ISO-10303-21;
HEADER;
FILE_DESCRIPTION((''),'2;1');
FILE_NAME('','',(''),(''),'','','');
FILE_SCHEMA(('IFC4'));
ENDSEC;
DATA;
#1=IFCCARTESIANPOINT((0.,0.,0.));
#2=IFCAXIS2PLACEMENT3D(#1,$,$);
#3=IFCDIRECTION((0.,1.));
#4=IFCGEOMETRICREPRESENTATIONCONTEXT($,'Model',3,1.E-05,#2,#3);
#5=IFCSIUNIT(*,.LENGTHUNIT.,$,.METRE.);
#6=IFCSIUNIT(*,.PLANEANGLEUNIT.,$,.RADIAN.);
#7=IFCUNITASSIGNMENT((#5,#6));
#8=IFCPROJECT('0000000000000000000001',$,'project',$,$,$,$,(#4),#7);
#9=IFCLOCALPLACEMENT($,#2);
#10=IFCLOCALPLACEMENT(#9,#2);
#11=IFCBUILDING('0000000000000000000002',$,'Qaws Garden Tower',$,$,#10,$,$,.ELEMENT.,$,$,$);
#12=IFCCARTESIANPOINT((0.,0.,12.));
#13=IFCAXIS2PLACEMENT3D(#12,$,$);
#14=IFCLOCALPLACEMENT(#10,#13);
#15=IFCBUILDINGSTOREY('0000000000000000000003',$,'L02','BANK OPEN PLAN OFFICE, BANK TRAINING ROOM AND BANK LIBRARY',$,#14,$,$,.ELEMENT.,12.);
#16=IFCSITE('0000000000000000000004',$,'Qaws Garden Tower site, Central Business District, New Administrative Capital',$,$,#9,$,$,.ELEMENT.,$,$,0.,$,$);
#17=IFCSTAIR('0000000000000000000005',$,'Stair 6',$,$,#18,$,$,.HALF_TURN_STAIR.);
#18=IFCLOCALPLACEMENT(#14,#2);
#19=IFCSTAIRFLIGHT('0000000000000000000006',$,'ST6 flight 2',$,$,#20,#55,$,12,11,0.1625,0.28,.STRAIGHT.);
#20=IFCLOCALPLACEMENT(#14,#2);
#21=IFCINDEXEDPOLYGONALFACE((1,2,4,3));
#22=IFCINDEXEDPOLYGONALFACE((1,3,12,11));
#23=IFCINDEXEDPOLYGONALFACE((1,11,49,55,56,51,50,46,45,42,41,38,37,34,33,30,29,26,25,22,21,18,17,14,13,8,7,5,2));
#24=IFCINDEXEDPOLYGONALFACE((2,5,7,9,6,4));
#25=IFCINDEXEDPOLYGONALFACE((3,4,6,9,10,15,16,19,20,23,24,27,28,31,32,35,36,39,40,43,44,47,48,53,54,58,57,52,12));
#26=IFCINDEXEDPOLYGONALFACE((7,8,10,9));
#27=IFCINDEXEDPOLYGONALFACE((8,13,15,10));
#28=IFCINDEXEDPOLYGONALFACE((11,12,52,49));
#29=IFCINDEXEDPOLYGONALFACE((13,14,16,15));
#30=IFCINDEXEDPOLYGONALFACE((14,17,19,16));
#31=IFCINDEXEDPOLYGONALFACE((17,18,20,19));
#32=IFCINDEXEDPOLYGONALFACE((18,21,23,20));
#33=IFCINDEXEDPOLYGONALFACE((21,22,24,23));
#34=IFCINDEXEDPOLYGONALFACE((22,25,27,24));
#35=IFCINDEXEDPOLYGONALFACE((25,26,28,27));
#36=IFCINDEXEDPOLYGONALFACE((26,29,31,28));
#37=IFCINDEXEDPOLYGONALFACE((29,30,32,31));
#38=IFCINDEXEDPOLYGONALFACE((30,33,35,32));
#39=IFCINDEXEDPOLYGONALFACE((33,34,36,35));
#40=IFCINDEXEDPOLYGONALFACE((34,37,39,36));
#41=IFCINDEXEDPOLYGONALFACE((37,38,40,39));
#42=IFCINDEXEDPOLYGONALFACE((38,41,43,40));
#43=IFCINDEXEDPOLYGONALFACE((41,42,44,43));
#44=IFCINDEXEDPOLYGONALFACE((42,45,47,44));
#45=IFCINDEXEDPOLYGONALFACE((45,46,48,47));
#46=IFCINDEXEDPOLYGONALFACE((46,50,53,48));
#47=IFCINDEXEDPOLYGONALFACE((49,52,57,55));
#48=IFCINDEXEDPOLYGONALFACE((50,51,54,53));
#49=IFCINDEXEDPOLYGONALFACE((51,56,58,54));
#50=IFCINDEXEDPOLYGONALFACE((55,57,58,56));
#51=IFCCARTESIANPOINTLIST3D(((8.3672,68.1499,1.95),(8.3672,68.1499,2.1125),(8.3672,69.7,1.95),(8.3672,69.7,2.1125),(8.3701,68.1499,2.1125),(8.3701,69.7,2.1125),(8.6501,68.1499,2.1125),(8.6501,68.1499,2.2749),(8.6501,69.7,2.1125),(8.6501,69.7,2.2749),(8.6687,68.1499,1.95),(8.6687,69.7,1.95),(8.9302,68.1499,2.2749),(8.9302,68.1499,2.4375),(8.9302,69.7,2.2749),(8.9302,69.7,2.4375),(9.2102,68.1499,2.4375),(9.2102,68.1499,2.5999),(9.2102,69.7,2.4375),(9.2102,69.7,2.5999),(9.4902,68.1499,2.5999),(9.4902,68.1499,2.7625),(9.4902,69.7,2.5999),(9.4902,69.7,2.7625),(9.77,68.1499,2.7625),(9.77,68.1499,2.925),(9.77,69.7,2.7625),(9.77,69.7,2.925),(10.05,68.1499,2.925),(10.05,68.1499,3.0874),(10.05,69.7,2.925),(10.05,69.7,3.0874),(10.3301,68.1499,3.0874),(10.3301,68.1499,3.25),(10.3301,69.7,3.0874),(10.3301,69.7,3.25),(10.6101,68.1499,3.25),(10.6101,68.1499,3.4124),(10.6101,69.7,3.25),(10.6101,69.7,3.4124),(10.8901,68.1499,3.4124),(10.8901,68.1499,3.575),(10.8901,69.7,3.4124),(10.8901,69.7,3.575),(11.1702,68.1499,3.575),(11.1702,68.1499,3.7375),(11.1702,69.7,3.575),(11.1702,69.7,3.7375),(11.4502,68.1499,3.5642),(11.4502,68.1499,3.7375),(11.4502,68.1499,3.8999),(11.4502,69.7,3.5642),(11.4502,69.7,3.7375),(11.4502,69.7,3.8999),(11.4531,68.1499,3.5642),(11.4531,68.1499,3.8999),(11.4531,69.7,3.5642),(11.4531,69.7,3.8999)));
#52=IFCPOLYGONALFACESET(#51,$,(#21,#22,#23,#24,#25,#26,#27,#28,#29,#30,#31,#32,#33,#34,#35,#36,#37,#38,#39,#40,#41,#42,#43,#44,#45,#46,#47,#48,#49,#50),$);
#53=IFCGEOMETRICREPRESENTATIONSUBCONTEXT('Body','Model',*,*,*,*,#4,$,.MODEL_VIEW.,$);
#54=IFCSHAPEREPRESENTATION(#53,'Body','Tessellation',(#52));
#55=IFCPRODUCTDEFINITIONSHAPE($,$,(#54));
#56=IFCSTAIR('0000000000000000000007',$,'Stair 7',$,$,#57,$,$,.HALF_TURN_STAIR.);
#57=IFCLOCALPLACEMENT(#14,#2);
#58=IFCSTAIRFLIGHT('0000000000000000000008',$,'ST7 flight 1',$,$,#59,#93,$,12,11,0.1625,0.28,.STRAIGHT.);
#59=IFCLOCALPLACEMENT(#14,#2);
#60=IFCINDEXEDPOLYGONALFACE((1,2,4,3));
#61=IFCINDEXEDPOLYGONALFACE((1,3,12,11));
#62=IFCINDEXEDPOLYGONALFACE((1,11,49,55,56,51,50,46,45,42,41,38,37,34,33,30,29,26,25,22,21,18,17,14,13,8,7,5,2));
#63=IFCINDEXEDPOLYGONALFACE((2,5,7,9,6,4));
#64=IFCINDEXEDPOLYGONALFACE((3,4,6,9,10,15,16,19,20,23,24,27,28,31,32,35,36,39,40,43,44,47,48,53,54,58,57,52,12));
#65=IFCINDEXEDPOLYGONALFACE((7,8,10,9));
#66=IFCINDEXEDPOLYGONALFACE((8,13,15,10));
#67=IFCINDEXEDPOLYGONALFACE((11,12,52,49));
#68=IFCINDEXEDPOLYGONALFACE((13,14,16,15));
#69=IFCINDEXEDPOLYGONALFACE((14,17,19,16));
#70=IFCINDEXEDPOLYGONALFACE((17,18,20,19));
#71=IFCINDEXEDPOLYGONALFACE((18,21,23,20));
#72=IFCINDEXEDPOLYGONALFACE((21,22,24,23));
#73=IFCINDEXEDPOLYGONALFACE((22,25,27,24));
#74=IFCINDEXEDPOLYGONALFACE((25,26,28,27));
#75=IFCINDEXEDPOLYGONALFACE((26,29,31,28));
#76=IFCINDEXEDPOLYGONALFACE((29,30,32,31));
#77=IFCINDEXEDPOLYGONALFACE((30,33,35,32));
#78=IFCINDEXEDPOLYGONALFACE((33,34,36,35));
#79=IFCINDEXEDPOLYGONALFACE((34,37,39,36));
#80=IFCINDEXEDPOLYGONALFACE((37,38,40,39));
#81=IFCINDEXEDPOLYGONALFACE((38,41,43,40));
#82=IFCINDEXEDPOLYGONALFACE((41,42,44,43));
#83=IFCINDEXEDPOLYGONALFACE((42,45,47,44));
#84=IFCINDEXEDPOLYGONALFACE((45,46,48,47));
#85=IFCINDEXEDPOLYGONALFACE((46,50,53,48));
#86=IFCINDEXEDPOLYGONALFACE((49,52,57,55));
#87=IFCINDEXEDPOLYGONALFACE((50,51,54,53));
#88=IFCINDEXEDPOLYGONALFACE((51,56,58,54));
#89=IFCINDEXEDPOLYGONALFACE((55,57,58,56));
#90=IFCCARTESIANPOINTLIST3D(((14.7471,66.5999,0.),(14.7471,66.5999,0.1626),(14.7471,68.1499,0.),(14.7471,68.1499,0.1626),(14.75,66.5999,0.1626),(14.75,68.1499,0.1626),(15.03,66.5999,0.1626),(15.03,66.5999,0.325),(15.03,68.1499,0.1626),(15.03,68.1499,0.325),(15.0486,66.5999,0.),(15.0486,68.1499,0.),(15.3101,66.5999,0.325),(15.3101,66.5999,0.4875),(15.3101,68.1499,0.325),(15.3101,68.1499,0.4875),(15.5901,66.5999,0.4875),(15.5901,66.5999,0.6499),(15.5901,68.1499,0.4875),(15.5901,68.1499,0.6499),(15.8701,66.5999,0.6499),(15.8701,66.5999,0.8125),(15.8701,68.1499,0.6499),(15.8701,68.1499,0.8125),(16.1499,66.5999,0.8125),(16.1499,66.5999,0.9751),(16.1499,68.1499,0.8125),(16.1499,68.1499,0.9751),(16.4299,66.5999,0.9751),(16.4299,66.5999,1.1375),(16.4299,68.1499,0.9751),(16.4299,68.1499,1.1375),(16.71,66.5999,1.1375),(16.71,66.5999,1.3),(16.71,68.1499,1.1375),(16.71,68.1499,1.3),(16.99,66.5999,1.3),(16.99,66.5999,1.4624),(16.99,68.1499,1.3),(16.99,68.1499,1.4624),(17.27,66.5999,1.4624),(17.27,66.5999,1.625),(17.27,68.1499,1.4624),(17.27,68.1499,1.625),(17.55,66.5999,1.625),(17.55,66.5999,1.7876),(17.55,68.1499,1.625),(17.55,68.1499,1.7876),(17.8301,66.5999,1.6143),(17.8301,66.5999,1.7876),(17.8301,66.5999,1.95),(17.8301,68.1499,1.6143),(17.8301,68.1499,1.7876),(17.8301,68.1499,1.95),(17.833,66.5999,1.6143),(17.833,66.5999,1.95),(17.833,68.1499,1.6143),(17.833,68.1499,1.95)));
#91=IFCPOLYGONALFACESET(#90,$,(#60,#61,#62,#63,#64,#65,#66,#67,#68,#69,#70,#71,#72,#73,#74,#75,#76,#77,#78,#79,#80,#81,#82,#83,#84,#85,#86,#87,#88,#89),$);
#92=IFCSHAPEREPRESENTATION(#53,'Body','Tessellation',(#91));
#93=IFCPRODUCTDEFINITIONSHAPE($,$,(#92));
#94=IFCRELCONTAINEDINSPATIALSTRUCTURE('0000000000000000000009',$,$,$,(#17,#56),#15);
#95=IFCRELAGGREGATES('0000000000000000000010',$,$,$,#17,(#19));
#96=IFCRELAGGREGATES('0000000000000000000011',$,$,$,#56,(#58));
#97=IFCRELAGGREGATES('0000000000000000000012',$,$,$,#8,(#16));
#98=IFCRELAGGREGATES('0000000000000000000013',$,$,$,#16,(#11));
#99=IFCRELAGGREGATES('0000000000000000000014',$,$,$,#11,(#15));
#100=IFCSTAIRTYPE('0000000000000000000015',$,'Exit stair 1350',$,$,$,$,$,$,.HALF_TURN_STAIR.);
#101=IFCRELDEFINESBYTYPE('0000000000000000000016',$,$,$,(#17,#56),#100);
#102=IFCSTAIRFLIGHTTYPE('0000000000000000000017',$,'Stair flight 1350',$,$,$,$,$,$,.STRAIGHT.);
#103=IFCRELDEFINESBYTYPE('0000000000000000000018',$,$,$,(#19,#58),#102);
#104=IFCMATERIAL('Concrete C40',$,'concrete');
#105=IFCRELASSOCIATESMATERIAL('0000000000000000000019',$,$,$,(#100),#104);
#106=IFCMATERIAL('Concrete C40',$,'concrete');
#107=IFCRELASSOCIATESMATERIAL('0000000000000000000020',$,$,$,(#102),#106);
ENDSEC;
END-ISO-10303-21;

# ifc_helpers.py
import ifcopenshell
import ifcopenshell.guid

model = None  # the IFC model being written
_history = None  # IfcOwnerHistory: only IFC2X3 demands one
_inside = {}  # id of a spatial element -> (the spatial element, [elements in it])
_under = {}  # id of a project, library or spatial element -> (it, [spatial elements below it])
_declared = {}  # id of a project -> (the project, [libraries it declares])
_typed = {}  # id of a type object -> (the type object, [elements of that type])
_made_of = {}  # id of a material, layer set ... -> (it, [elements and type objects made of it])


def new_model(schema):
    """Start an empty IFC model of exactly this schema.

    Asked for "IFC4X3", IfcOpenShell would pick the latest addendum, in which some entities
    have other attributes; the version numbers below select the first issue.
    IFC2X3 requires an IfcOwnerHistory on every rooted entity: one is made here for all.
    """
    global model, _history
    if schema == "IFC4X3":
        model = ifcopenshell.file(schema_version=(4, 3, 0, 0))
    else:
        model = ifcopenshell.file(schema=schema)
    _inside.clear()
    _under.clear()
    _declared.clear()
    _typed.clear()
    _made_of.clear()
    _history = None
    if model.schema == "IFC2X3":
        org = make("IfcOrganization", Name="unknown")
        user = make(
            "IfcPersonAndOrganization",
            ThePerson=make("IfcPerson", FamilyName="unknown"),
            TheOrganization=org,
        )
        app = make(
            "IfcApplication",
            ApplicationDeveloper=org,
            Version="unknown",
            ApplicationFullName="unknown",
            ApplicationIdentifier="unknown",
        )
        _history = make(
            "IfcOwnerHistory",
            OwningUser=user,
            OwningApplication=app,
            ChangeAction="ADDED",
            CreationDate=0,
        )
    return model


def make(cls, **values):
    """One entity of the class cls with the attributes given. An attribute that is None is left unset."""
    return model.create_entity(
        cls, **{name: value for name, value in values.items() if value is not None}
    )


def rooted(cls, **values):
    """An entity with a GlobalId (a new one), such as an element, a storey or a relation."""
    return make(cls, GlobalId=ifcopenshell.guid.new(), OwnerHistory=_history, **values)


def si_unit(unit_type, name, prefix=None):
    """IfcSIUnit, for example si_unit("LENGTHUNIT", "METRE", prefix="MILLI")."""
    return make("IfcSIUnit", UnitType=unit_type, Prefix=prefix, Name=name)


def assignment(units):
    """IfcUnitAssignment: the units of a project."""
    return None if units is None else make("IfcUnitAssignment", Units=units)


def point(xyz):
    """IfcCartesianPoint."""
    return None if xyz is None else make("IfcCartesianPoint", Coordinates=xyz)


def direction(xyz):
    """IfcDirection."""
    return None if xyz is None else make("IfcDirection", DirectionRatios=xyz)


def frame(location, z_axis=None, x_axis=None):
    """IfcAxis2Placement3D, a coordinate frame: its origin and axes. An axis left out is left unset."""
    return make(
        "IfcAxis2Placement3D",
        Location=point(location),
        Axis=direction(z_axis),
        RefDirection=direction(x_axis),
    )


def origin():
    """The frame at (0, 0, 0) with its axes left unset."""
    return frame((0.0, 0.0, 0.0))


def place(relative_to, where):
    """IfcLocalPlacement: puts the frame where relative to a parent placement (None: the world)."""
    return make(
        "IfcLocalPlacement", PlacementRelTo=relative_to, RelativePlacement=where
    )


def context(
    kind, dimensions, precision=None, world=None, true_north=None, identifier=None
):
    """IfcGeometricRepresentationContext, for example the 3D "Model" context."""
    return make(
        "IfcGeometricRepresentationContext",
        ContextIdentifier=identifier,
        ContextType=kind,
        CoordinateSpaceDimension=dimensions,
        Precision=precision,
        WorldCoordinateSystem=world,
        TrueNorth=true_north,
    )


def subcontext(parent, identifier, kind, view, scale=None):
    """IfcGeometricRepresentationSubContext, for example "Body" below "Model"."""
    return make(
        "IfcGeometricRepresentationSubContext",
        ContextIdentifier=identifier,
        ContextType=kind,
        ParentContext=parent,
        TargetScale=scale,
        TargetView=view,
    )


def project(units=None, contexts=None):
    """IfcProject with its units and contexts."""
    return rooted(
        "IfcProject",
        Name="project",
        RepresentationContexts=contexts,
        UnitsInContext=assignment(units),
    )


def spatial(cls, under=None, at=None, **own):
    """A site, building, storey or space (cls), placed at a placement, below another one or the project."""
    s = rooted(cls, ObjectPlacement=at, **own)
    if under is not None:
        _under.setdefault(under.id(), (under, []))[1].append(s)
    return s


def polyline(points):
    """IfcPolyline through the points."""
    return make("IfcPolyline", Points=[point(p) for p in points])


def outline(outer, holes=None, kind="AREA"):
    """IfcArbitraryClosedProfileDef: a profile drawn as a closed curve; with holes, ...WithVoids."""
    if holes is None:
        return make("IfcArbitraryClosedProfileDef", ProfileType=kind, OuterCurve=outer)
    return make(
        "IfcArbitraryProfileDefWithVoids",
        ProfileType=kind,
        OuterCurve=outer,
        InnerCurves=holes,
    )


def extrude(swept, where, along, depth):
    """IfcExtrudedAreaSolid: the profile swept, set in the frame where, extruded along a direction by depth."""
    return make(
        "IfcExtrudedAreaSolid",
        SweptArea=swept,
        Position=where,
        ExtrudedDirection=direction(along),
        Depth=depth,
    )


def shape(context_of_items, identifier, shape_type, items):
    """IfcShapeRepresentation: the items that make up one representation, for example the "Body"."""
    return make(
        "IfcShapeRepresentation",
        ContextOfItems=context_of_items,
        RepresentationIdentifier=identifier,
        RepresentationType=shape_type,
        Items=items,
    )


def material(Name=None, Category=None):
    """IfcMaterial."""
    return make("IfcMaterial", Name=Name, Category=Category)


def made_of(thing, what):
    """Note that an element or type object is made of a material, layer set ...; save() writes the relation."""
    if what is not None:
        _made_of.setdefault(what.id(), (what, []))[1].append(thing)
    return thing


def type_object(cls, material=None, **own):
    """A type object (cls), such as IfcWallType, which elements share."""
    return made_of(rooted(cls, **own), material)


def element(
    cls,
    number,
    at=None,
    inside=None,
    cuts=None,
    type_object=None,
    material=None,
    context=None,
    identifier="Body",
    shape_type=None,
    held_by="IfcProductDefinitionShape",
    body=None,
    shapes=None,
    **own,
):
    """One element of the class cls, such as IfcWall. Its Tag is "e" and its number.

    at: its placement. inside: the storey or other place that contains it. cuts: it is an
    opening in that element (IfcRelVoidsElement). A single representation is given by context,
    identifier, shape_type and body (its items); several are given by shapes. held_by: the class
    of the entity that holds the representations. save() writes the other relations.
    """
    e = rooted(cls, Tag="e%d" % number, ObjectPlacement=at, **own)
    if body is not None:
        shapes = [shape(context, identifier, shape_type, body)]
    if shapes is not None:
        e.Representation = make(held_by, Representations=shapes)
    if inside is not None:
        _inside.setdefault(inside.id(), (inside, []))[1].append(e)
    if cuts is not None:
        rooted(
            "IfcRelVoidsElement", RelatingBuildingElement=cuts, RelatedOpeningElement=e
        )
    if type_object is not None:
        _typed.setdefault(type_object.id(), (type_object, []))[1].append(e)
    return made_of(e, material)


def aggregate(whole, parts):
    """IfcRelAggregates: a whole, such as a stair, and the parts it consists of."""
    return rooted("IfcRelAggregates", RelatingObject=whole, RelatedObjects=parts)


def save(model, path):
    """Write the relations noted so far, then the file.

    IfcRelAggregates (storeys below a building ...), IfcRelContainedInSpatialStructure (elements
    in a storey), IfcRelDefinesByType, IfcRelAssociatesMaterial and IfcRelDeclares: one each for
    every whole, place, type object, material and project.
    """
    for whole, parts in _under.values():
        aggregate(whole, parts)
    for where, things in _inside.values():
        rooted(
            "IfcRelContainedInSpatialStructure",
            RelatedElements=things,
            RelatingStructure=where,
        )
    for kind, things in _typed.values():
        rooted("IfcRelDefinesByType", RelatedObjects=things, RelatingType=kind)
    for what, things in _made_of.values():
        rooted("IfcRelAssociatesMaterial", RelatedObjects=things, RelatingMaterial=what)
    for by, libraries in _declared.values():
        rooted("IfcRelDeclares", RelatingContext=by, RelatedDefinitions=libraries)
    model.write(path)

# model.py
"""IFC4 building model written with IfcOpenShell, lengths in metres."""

from ifc_helpers import new_model, si_unit, direction, frame, origin, place, context, subcontext, project, spatial, polyline, outline, extrude, material, type_object, element, aggregate, save


model = new_model("IFC4")

# Units and contexts
model_context = context("Model", 3, precision=1e-05, world=origin(), true_north=direction((0.0, 1.0)))
body_context = subcontext(model_context, "Body", "Model", "MODEL_VIEW")
ifc_project = project(units=[si_unit("LENGTHUNIT", "METRE"), si_unit("PLANEANGLEUNIT", "RADIAN")], contexts=[model_context])

# Site, building, storey
site_placement = place(None, origin())
site = spatial("IfcSite", under=ifc_project, at=site_placement, Name="Qaws Garden Tower site, Central Business District, New Administrative Capital", CompositionType="ELEMENT", RefElevation=0.0)
building_placement = place(site_placement, origin())
building = spatial("IfcBuilding", under=site, at=building_placement, Name="Qaws Garden Tower", CompositionType="ELEMENT")
storey_placement = place(building_placement, frame((0.0, 0.0, 12.0)))
storey = spatial("IfcBuildingStorey", under=building, at=storey_placement, Name="L02", Description="BANK OPEN PLAN OFFICE, BANK TRAINING ROOM AND BANK LIBRARY", CompositionType="ELEMENT", Elevation=12.0)

# Stair, stair flight
ifc_material_1 = material(Name="Concrete C40", Category="concrete")
stair_type = type_object("IfcStairType", Name="Exit stair 1350", PredefinedType="HALF_TURN_STAIR", material=ifc_material_1)
placement = place(storey_placement, origin())
stair_1 = element("IfcStair", 1, at=placement, inside=storey, type_object=stair_type, Name="Stair 6", PredefinedType="HALF_TURN_STAIR")
ifc_material_2 = material(Name="Concrete C40", Category="concrete")
stair_flight_type = type_object("IfcStairFlightType", Name="Stair flight 1350", PredefinedType="STRAIGHT", material=ifc_material_2)
stair_flight_1_placement = place(storey_placement, frame((8.3701, 68.925, 1.95), z_axis=(0.0, 0.0, 1.0), x_axis=(1.0, 0.0, 0.0)))
stair_flight_1 = element("IfcStairFlight", 2, at=stair_flight_1_placement, type_object=stair_flight_type, Name="ST6 flight 2", NumberOfRisers=12, NumberOfTreads=11, PredefinedType="STRAIGHT", RiserHeight=0.1625, TreadLength=0.28, context=body_context, shape_type="SweptSolid", body=[
    extrude(outline(polyline([(-0.0029, 0.0), (-0.0029, 0.1626), (0.0, 0.1626), (0.28, 0.1626), (0.28, 0.325), (0.5601, 0.325), (0.5601, 0.4875), (0.8401, 0.4875), (0.8401, 0.6499), (1.1201, 0.6499), (1.1201, 0.8125), (1.3999, 0.8125), (1.3999, 0.9751), (1.6799, 0.9751), (1.6799, 1.1375), (1.96, 1.1375), (1.96, 1.3), (2.24, 1.3), (2.24, 1.4624), (2.52, 1.4624), (2.52, 1.625), (2.8, 1.625), (2.8, 1.7876), (3.0801, 1.7876), (3.0801, 1.95), (3.083, 1.95), (3.083, 1.6143), (3.0801, 1.6143), (0.2986, 0.0), (-0.0029, 0.0)])), frame((0.0, 0.7749, 0.0), z_axis=(0.0, -1.0, 0.0), x_axis=(1.0, 0.0, 0.0)), (0.0, 0.0, 1.0), 1.55),
])
aggregate(stair_1, [stair_flight_1])

# Stair, stair flight
stair_2 = element("IfcStair", 3, at=placement, inside=storey, type_object=stair_type, Name="Stair 7", PredefinedType="HALF_TURN_STAIR")
stair_flight_2_placement = place(storey_placement, frame((14.75, 67.375, 0.0), z_axis=(0.0, 0.0, 1.0), x_axis=(1.0, 0.0, 0.0)))
stair_flight_2 = element("IfcStairFlight", 4, at=stair_flight_2_placement, type_object=stair_flight_type, Name="ST7 flight 1", NumberOfRisers=12, NumberOfTreads=11, PredefinedType="STRAIGHT", RiserHeight=0.1625, TreadLength=0.28, context=body_context, shape_type="SweptSolid", body=[
    extrude(outline(polyline([(-0.0029, 0.0), (-0.0029, 0.1626), (0.0, 0.1626), (0.28, 0.1626), (0.28, 0.325), (0.5601, 0.325), (0.5601, 0.4875), (0.8401, 0.4875), (0.8401, 0.6499), (1.1201, 0.6499), (1.1201, 0.8125), (1.3999, 0.8125), (1.3999, 0.9751), (1.6799, 0.9751), (1.6799, 1.1375), (1.96, 1.1375), (1.96, 1.3), (2.24, 1.3), (2.24, 1.4624), (2.52, 1.4624), (2.52, 1.625), (2.8, 1.625), (2.8, 1.7876), (3.0801, 1.7876), (3.0801, 1.95), (3.083, 1.95), (3.083, 1.6143), (3.0801, 1.6143), (0.2986, 0.0), (-0.0029, 0.0)])), frame((0.0, 0.7749, 0.0), z_axis=(0.0, -1.0, 0.0), x_axis=(1.0, 0.0, 0.0)), (0.0, 0.0, 1.0), 1.55),
])
aggregate(stair_2, [stair_flight_2])

save(model, "model.ifc")
